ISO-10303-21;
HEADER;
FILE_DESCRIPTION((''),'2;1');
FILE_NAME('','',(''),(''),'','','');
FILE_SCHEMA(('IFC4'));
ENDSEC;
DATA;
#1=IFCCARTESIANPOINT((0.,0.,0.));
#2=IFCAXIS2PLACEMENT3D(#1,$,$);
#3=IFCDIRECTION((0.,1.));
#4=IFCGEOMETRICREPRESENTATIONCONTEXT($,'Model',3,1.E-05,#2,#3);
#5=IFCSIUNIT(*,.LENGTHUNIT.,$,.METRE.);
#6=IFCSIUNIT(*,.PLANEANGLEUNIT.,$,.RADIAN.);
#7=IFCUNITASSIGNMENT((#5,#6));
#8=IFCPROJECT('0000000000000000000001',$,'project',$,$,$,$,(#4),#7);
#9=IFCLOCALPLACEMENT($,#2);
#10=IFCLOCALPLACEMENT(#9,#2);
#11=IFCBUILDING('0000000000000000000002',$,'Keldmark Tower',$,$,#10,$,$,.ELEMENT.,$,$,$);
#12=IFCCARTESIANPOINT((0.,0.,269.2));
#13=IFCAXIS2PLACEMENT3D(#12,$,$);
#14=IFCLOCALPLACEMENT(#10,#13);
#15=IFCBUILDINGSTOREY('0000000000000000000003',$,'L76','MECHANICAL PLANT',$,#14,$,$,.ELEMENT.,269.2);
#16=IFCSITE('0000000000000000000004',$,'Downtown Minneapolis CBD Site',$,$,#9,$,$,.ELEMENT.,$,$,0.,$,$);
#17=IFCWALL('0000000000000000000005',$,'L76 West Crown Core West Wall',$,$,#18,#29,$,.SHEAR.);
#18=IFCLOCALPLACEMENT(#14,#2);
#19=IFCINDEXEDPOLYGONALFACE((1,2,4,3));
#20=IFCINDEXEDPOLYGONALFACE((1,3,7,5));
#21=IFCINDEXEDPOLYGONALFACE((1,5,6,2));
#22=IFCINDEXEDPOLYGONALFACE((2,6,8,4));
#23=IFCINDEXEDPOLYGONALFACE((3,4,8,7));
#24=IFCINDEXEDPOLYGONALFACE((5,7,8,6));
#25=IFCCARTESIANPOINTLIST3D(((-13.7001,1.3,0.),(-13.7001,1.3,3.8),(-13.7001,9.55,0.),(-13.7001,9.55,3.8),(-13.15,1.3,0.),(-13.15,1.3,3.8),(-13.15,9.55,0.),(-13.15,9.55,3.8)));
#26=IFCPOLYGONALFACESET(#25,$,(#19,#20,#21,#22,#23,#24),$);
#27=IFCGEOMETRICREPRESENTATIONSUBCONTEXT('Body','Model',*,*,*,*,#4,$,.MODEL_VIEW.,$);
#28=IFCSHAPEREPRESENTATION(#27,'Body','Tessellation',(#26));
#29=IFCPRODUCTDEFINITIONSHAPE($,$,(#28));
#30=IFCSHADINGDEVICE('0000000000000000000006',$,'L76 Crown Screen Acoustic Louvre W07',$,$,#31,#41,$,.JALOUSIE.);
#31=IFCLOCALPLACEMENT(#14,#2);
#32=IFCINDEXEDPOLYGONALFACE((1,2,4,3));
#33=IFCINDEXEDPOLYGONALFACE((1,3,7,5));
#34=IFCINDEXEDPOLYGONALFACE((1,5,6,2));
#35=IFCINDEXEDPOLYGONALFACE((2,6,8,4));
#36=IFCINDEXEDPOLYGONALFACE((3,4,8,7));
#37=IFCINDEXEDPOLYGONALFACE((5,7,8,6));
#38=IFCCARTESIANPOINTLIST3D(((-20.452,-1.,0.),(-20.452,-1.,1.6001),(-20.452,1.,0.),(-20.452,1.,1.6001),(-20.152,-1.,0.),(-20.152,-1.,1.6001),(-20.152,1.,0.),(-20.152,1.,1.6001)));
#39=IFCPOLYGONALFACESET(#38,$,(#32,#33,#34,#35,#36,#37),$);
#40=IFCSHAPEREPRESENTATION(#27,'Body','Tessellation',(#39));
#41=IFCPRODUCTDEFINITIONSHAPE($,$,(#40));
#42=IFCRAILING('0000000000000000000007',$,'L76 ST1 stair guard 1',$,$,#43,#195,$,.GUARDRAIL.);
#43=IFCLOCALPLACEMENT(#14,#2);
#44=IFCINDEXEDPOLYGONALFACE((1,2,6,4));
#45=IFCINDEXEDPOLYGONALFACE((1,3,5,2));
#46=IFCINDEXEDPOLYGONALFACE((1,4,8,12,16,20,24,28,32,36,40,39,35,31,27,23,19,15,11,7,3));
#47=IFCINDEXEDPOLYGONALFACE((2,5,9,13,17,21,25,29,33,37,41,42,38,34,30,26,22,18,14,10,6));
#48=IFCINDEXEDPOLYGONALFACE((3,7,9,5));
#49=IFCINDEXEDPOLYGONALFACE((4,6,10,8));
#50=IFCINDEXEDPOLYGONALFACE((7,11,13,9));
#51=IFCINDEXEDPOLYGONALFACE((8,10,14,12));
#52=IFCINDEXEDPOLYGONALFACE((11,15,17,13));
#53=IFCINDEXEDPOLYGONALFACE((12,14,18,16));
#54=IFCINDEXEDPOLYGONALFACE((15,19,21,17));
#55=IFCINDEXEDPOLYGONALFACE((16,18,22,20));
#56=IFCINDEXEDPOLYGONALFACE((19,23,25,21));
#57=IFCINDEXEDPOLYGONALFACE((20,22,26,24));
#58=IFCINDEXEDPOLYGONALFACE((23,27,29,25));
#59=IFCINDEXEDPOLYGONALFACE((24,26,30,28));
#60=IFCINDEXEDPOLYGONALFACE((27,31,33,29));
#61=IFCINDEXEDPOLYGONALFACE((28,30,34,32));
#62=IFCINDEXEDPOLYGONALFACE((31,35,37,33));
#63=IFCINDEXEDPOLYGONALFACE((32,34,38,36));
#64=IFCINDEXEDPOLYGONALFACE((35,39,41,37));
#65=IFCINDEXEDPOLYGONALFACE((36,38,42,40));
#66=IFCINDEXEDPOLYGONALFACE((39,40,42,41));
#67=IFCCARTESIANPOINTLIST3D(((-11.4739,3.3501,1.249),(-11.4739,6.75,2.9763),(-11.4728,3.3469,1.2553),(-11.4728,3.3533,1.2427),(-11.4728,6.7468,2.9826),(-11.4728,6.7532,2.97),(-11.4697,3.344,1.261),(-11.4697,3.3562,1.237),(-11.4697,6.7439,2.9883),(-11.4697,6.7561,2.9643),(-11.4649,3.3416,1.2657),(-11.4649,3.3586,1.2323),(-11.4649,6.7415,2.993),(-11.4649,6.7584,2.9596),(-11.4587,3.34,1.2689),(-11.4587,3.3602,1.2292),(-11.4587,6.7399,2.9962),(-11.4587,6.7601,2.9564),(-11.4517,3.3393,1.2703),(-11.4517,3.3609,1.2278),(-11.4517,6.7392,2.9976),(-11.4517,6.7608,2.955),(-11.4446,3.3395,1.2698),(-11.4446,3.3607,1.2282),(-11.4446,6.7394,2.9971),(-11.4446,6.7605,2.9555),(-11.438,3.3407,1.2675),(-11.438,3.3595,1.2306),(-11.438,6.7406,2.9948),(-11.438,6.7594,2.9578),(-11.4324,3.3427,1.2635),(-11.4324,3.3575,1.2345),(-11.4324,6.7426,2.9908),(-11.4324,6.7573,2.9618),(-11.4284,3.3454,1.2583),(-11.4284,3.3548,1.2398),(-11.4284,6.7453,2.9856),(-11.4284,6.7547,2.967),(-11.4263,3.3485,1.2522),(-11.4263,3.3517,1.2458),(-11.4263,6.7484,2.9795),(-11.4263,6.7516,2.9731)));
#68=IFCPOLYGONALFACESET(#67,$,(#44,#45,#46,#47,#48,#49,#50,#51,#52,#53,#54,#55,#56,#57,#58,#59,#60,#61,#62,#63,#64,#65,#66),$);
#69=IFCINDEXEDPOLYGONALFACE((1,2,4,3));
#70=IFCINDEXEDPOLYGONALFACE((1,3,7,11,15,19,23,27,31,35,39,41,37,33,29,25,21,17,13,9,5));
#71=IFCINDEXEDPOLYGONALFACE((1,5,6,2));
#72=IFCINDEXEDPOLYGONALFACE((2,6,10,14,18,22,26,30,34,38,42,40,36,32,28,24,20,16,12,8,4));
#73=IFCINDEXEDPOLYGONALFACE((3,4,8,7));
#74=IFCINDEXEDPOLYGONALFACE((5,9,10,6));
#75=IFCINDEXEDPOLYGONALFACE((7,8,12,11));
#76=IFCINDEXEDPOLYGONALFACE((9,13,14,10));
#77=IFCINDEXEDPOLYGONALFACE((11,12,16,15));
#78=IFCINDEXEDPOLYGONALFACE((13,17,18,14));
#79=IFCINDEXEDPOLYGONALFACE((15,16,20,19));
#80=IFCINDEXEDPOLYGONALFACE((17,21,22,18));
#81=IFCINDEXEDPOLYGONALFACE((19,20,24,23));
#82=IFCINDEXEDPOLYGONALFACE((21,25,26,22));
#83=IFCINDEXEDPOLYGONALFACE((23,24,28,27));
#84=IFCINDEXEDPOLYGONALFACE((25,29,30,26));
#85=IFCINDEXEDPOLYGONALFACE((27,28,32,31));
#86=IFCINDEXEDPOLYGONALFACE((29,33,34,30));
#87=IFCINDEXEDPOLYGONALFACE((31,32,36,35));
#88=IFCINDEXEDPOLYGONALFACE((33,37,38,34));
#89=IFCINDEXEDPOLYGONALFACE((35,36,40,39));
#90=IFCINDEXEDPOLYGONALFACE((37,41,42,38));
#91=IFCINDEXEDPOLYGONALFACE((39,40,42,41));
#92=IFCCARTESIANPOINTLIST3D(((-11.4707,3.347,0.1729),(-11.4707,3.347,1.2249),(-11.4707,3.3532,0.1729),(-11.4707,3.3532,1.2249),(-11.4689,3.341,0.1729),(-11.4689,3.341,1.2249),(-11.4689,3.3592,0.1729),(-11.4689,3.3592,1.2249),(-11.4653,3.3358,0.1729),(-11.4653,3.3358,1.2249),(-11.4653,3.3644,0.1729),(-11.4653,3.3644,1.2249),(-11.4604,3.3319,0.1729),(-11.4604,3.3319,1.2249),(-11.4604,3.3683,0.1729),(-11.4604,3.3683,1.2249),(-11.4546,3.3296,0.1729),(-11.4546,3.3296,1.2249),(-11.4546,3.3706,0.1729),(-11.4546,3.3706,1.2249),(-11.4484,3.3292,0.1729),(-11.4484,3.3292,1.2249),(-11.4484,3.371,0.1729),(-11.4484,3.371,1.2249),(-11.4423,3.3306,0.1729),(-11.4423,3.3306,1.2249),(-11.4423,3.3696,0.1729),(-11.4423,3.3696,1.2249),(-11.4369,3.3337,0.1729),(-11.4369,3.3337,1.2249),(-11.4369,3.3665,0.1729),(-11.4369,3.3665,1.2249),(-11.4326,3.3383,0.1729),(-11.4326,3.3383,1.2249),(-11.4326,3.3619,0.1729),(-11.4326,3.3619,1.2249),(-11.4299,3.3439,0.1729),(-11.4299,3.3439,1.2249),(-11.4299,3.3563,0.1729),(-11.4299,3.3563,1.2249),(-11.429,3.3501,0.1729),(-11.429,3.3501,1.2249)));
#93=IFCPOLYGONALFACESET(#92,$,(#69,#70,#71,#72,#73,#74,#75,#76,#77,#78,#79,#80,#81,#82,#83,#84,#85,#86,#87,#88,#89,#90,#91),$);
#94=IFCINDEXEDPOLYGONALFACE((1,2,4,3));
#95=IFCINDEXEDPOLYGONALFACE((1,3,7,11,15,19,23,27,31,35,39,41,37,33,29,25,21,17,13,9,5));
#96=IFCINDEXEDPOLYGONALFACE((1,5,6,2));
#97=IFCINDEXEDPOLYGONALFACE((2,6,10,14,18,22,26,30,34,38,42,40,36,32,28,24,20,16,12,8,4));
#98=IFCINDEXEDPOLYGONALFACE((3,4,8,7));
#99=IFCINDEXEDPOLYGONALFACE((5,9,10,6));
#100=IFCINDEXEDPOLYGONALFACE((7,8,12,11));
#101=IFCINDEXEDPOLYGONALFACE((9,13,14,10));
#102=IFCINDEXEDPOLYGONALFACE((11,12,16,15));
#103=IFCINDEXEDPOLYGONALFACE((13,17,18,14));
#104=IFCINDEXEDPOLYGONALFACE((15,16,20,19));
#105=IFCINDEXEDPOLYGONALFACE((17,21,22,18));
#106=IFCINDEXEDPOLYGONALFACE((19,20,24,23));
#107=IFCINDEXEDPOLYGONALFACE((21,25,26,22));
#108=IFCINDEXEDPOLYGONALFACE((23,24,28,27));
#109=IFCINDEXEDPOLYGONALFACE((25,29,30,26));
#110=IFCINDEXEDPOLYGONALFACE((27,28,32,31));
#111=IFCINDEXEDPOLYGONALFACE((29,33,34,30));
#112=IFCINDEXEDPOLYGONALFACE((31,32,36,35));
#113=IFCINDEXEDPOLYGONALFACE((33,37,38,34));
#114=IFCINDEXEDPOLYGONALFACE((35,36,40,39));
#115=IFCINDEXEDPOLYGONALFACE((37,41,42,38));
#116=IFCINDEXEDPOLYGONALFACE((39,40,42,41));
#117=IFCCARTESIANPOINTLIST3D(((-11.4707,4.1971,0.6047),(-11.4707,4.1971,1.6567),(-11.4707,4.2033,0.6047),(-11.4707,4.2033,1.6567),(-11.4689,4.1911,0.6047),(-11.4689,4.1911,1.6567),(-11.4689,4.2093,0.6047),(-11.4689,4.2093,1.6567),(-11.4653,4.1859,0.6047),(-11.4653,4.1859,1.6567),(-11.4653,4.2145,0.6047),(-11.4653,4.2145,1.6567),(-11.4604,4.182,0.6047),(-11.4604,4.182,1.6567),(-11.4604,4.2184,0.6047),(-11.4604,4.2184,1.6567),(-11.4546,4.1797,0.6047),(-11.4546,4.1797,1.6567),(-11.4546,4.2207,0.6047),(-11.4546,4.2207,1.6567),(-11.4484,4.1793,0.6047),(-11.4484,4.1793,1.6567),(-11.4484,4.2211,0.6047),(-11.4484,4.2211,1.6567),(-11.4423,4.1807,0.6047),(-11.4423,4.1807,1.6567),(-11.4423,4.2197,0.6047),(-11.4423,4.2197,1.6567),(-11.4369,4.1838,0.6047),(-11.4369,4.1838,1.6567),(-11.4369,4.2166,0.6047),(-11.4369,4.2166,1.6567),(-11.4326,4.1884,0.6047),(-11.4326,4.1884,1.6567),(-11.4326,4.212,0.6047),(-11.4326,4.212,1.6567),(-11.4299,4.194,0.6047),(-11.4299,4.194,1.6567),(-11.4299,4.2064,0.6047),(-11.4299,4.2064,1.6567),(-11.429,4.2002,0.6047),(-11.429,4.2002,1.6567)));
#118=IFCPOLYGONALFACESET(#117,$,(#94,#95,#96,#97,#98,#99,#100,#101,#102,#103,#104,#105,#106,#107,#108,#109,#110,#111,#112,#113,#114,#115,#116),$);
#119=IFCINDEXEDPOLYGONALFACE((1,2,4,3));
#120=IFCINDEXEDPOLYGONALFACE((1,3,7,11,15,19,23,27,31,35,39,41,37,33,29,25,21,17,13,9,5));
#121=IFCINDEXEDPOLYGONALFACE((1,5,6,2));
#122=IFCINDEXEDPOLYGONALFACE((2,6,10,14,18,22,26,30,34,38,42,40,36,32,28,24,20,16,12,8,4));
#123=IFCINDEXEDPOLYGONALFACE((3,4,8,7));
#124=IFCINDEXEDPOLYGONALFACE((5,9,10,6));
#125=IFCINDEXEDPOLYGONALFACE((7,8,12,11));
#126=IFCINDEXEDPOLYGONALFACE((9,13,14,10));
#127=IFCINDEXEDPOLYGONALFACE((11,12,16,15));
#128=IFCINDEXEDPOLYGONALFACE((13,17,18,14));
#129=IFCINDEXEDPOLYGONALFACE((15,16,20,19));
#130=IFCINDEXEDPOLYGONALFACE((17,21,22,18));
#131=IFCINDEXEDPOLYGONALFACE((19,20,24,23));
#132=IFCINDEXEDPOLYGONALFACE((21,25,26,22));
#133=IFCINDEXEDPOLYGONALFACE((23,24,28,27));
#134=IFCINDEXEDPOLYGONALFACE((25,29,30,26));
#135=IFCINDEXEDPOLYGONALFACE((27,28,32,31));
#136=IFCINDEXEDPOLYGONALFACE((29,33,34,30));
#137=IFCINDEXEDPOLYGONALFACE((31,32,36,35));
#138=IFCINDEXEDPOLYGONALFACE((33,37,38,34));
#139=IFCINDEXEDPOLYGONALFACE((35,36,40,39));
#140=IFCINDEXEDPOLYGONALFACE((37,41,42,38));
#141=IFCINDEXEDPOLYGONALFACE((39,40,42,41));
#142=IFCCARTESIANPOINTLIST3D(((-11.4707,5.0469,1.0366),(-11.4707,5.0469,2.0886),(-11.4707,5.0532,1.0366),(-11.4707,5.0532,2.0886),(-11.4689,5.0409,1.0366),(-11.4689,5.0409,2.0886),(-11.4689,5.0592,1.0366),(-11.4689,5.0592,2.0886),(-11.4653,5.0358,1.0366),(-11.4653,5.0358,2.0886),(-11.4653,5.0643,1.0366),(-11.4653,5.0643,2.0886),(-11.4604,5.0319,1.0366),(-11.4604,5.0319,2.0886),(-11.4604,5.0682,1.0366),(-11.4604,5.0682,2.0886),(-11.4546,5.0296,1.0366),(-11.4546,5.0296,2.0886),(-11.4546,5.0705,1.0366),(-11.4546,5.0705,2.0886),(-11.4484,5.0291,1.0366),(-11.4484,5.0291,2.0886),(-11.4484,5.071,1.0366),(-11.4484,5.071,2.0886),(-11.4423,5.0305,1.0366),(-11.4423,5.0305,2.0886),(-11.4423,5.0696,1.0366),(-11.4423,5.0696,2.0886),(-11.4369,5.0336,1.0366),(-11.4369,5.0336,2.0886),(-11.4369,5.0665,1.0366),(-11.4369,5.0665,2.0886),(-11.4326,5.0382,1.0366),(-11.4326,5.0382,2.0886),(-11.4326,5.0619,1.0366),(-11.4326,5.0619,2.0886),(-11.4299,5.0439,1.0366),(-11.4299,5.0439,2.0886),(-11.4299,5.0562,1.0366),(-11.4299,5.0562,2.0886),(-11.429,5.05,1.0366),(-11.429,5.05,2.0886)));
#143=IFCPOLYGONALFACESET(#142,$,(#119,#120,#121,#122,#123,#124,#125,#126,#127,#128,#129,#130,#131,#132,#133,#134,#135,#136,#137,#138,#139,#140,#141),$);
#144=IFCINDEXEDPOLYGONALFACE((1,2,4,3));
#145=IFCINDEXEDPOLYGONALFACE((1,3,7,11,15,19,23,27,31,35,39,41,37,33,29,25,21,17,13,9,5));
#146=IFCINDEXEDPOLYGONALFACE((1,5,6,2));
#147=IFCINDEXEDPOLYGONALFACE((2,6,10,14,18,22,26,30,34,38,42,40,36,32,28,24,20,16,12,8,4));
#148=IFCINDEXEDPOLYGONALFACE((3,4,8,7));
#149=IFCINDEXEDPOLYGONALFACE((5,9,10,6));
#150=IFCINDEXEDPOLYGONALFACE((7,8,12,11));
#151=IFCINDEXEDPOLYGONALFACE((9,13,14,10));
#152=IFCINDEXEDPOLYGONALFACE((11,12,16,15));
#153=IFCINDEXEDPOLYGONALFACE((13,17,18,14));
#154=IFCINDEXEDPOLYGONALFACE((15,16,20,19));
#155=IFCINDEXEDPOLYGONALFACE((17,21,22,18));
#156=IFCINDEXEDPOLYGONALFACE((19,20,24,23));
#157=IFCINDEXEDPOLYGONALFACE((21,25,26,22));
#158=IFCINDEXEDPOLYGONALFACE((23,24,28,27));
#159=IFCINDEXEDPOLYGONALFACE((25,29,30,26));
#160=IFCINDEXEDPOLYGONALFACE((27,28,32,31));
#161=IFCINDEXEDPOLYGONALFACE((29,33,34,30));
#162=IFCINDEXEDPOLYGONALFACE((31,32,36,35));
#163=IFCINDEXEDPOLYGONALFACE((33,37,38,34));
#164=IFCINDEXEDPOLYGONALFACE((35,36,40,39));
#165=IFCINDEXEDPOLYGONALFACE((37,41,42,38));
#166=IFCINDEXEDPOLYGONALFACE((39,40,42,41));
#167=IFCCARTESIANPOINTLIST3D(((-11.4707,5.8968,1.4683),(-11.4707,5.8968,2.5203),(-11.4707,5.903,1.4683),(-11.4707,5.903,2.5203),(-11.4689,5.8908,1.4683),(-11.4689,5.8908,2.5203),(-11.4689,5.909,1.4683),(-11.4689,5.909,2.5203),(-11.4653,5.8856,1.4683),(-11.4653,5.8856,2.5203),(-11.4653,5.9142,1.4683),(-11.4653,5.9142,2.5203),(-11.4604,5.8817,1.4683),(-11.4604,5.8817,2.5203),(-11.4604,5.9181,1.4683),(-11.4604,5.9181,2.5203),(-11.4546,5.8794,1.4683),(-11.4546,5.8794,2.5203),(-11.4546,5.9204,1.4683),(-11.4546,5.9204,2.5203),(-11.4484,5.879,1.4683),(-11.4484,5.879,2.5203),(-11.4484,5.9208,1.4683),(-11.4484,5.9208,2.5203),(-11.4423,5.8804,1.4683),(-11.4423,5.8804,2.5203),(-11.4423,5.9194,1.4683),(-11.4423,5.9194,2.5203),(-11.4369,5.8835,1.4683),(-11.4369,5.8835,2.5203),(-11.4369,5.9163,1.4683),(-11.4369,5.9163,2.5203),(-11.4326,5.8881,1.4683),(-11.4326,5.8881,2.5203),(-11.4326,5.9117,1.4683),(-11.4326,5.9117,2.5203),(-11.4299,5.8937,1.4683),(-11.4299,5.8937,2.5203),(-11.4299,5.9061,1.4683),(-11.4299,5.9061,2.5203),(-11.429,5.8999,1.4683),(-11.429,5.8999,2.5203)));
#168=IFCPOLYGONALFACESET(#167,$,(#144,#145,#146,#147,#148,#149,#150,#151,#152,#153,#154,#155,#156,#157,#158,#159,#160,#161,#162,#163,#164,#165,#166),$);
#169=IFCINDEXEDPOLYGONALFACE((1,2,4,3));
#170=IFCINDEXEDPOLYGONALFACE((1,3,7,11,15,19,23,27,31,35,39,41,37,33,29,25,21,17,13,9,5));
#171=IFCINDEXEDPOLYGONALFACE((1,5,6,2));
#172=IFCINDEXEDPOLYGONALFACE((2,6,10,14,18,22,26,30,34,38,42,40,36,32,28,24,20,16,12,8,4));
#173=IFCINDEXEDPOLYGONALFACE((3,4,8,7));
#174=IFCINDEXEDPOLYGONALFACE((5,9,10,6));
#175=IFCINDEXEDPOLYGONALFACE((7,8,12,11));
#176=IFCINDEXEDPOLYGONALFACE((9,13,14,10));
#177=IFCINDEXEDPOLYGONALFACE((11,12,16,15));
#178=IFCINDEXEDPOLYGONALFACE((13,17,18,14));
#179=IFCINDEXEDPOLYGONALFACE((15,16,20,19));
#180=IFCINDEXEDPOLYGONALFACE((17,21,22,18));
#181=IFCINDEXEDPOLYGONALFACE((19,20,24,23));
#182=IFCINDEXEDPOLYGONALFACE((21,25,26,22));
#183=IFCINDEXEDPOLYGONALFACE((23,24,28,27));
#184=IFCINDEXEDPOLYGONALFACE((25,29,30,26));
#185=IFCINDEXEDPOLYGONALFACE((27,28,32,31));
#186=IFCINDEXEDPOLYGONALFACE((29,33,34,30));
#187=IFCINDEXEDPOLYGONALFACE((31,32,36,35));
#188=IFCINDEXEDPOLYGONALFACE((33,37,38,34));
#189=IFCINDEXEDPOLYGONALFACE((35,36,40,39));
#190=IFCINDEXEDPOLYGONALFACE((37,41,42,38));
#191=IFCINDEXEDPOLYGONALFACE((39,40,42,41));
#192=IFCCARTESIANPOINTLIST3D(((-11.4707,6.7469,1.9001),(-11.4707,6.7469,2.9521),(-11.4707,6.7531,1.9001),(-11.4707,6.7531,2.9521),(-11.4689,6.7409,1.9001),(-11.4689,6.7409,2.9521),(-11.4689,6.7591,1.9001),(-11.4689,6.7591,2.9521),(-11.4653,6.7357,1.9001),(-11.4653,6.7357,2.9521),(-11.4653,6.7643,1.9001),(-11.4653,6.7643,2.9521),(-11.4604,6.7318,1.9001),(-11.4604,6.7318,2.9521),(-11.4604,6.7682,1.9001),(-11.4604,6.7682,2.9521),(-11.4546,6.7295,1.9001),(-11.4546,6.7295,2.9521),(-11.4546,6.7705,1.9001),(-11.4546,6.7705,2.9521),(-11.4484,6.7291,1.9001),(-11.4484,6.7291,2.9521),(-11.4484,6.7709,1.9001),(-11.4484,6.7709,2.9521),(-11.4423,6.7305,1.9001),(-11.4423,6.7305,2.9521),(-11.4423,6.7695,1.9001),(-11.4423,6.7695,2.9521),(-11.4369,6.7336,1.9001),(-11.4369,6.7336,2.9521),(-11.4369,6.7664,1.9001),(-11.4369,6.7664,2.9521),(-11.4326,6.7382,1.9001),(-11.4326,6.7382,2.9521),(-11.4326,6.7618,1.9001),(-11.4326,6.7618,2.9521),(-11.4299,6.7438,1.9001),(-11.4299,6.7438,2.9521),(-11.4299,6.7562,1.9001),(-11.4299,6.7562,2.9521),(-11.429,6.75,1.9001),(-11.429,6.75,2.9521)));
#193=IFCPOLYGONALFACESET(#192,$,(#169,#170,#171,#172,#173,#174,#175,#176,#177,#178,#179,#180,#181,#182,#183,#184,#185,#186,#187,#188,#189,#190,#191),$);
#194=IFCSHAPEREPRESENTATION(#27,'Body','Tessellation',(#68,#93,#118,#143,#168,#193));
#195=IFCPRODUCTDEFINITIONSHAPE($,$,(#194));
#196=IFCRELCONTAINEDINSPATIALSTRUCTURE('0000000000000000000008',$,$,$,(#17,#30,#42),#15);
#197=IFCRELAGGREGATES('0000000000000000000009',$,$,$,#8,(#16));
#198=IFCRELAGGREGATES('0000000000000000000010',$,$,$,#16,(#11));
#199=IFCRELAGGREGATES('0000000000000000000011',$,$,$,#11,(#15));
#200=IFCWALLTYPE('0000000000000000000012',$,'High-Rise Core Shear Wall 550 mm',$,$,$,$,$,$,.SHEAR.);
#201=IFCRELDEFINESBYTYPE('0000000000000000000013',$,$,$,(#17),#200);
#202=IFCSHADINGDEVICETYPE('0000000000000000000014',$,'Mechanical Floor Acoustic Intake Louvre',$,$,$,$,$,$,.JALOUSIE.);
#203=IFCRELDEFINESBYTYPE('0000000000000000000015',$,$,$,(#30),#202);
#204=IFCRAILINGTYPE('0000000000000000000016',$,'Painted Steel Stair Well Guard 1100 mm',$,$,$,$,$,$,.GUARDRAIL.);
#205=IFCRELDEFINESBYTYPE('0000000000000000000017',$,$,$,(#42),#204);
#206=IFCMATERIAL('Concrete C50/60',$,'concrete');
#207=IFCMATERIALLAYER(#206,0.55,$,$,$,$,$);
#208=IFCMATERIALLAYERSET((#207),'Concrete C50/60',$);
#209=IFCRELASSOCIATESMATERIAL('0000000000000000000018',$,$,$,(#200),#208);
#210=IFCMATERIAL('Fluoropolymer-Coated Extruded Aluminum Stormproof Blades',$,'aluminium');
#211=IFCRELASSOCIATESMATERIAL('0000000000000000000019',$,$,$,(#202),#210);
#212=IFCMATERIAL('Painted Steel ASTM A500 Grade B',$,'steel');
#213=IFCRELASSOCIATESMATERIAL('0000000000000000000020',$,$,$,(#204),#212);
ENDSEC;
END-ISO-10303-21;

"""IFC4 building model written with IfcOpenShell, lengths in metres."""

from ifc_helpers import new_model, si_unit, direction, frame, frame_2d, origin, origin_2d, place, context, subcontext, project, spatial, rectangle, circle, extrude, material, layer, layer_set, type_object, element, save


model = new_model("IFC4")

# Units and contexts
model_context = context("Model", 3, precision=1e-05, world=origin(), true_north=direction((0.0, 1.0)))
body_context = subcontext(model_context, "Body", "Model", "MODEL_VIEW")
ifc_project = project(units=[si_unit("LENGTHUNIT", "METRE"), si_unit("PLANEANGLEUNIT", "RADIAN")], contexts=[model_context])

# Site, building, storey
site_placement = place(None, origin())
site = spatial("IfcSite", under=ifc_project, at=site_placement, Name="Downtown Minneapolis CBD Site", CompositionType="ELEMENT", RefElevation=0.0)
building_placement = place(site_placement, origin())
building = spatial("IfcBuilding", under=site, at=building_placement, Name="Keldmark Tower", CompositionType="ELEMENT")
storey_placement = place(building_placement, frame((0.0, 0.0, 269.2)))
storey = spatial("IfcBuildingStorey", under=building, at=storey_placement, Name="L76", Description="MECHANICAL PLANT", CompositionType="ELEMENT", Elevation=269.2)

# Wall
ifc_material_1 = material(Name="Concrete C50/60", Category="concrete")
ifc_layer_1 = layer(ifc_material_1, 0.55)
ifc_layer_set_1 = layer_set([ifc_layer_1], Name="Concrete C50/60")
wall_type_1 = type_object("IfcWallType", Name="High-Rise Core Shear Wall 550 mm", PredefinedType="SHEAR", material=ifc_layer_set_1)
wall_1_placement = place(storey_placement, frame((-13.425, 1.3, 0.0), z_axis=(0.0, 0.0, 1.0), x_axis=(0.0, 1.0, 0.0)))
element("IfcWall", 1, at=wall_1_placement, inside=storey, type_object=wall_type_1, Name="L76 West Crown Core West Wall", PredefinedType="SHEAR", context=body_context, shape_type="SweptSolid", body=[
    extrude(rectangle(XDim=8.25, YDim=0.55, at=frame_2d((4.125, 0.0))), origin(), (0.0, 0.0, 1.0), 3.8),
])

# Shading device
ifc_material_2 = material(Name="Fluoropolymer-Coated Extruded Aluminum Stormproof Blades", Category="aluminium")
shading_device_type = type_object("IfcShadingDeviceType", Name="Mechanical Floor Acoustic Intake Louvre", PredefinedType="JALOUSIE", material=ifc_material_2)
shading_device_placement = place(storey_placement, frame((-20.302, 0.0, 0.0), z_axis=(0.0, 0.0, 1.0), x_axis=(0.0, -1.0, 0.0)))
element("IfcShadingDevice", 2, at=shading_device_placement, inside=storey, type_object=shading_device_type, Name="L76 Crown Screen Acoustic Louvre W07", PredefinedType="JALOUSIE", context=body_context, shape_type="SweptSolid", body=[
    extrude(rectangle(XDim=2.0, YDim=0.3, at=origin_2d()), origin(), (0.0, 0.0, 1.0), 1.6001),
])

# Railing
ifc_material_3 = material(Name="Painted Steel ASTM A500 Grade B", Category="steel")
railing_type = type_object("IfcRailingType", Name="Painted Steel Stair Well Guard 1100 mm", PredefinedType="GUARDRAIL", material=ifc_material_3)
railing_1_placement = place(storey_placement, frame((-11.45, 3.3501, 0.1729)))
element("IfcRailing", 3, at=railing_1_placement, inside=storey, type_object=railing_type, Name="L76 ST1 stair guard 1", PredefinedType="GUARDRAIL", context=body_context, shape_type="SweptSolid", body=[
    extrude(circle(Radius=0.0239, at=origin_2d()), frame((0.0, 0.0, 1.0762), z_axis=(0.0, 0.891541, 0.452941), x_axis=(-1.0, 0.0, 0.0)), (0.0, 0.0, 1.0), 3.8135),
    extrude(circle(Radius=0.021, at=origin_2d()), origin(), (0.0, 0.0, 1.0), 1.052),
    extrude(circle(Radius=0.021, at=origin_2d()), frame((0.0, 0.8501, 0.4319)), (0.0, 0.0, 1.0), 1.052),
    extrude(circle(Radius=0.021, at=origin_2d()), frame((0.0, 1.7, 0.8638)), (0.0, 0.0, 1.0), 1.052),
    extrude(circle(Radius=0.021, at=origin_2d()), frame((0.0, 2.5498, 1.2954)), (0.0, 0.0, 1.0), 1.052),
    extrude(circle(Radius=0.021, at=origin_2d()), frame((0.0, 3.3999, 1.7273)), (0.0, 0.0, 1.0), 1.052),
])

save(model, "model.ifc")
